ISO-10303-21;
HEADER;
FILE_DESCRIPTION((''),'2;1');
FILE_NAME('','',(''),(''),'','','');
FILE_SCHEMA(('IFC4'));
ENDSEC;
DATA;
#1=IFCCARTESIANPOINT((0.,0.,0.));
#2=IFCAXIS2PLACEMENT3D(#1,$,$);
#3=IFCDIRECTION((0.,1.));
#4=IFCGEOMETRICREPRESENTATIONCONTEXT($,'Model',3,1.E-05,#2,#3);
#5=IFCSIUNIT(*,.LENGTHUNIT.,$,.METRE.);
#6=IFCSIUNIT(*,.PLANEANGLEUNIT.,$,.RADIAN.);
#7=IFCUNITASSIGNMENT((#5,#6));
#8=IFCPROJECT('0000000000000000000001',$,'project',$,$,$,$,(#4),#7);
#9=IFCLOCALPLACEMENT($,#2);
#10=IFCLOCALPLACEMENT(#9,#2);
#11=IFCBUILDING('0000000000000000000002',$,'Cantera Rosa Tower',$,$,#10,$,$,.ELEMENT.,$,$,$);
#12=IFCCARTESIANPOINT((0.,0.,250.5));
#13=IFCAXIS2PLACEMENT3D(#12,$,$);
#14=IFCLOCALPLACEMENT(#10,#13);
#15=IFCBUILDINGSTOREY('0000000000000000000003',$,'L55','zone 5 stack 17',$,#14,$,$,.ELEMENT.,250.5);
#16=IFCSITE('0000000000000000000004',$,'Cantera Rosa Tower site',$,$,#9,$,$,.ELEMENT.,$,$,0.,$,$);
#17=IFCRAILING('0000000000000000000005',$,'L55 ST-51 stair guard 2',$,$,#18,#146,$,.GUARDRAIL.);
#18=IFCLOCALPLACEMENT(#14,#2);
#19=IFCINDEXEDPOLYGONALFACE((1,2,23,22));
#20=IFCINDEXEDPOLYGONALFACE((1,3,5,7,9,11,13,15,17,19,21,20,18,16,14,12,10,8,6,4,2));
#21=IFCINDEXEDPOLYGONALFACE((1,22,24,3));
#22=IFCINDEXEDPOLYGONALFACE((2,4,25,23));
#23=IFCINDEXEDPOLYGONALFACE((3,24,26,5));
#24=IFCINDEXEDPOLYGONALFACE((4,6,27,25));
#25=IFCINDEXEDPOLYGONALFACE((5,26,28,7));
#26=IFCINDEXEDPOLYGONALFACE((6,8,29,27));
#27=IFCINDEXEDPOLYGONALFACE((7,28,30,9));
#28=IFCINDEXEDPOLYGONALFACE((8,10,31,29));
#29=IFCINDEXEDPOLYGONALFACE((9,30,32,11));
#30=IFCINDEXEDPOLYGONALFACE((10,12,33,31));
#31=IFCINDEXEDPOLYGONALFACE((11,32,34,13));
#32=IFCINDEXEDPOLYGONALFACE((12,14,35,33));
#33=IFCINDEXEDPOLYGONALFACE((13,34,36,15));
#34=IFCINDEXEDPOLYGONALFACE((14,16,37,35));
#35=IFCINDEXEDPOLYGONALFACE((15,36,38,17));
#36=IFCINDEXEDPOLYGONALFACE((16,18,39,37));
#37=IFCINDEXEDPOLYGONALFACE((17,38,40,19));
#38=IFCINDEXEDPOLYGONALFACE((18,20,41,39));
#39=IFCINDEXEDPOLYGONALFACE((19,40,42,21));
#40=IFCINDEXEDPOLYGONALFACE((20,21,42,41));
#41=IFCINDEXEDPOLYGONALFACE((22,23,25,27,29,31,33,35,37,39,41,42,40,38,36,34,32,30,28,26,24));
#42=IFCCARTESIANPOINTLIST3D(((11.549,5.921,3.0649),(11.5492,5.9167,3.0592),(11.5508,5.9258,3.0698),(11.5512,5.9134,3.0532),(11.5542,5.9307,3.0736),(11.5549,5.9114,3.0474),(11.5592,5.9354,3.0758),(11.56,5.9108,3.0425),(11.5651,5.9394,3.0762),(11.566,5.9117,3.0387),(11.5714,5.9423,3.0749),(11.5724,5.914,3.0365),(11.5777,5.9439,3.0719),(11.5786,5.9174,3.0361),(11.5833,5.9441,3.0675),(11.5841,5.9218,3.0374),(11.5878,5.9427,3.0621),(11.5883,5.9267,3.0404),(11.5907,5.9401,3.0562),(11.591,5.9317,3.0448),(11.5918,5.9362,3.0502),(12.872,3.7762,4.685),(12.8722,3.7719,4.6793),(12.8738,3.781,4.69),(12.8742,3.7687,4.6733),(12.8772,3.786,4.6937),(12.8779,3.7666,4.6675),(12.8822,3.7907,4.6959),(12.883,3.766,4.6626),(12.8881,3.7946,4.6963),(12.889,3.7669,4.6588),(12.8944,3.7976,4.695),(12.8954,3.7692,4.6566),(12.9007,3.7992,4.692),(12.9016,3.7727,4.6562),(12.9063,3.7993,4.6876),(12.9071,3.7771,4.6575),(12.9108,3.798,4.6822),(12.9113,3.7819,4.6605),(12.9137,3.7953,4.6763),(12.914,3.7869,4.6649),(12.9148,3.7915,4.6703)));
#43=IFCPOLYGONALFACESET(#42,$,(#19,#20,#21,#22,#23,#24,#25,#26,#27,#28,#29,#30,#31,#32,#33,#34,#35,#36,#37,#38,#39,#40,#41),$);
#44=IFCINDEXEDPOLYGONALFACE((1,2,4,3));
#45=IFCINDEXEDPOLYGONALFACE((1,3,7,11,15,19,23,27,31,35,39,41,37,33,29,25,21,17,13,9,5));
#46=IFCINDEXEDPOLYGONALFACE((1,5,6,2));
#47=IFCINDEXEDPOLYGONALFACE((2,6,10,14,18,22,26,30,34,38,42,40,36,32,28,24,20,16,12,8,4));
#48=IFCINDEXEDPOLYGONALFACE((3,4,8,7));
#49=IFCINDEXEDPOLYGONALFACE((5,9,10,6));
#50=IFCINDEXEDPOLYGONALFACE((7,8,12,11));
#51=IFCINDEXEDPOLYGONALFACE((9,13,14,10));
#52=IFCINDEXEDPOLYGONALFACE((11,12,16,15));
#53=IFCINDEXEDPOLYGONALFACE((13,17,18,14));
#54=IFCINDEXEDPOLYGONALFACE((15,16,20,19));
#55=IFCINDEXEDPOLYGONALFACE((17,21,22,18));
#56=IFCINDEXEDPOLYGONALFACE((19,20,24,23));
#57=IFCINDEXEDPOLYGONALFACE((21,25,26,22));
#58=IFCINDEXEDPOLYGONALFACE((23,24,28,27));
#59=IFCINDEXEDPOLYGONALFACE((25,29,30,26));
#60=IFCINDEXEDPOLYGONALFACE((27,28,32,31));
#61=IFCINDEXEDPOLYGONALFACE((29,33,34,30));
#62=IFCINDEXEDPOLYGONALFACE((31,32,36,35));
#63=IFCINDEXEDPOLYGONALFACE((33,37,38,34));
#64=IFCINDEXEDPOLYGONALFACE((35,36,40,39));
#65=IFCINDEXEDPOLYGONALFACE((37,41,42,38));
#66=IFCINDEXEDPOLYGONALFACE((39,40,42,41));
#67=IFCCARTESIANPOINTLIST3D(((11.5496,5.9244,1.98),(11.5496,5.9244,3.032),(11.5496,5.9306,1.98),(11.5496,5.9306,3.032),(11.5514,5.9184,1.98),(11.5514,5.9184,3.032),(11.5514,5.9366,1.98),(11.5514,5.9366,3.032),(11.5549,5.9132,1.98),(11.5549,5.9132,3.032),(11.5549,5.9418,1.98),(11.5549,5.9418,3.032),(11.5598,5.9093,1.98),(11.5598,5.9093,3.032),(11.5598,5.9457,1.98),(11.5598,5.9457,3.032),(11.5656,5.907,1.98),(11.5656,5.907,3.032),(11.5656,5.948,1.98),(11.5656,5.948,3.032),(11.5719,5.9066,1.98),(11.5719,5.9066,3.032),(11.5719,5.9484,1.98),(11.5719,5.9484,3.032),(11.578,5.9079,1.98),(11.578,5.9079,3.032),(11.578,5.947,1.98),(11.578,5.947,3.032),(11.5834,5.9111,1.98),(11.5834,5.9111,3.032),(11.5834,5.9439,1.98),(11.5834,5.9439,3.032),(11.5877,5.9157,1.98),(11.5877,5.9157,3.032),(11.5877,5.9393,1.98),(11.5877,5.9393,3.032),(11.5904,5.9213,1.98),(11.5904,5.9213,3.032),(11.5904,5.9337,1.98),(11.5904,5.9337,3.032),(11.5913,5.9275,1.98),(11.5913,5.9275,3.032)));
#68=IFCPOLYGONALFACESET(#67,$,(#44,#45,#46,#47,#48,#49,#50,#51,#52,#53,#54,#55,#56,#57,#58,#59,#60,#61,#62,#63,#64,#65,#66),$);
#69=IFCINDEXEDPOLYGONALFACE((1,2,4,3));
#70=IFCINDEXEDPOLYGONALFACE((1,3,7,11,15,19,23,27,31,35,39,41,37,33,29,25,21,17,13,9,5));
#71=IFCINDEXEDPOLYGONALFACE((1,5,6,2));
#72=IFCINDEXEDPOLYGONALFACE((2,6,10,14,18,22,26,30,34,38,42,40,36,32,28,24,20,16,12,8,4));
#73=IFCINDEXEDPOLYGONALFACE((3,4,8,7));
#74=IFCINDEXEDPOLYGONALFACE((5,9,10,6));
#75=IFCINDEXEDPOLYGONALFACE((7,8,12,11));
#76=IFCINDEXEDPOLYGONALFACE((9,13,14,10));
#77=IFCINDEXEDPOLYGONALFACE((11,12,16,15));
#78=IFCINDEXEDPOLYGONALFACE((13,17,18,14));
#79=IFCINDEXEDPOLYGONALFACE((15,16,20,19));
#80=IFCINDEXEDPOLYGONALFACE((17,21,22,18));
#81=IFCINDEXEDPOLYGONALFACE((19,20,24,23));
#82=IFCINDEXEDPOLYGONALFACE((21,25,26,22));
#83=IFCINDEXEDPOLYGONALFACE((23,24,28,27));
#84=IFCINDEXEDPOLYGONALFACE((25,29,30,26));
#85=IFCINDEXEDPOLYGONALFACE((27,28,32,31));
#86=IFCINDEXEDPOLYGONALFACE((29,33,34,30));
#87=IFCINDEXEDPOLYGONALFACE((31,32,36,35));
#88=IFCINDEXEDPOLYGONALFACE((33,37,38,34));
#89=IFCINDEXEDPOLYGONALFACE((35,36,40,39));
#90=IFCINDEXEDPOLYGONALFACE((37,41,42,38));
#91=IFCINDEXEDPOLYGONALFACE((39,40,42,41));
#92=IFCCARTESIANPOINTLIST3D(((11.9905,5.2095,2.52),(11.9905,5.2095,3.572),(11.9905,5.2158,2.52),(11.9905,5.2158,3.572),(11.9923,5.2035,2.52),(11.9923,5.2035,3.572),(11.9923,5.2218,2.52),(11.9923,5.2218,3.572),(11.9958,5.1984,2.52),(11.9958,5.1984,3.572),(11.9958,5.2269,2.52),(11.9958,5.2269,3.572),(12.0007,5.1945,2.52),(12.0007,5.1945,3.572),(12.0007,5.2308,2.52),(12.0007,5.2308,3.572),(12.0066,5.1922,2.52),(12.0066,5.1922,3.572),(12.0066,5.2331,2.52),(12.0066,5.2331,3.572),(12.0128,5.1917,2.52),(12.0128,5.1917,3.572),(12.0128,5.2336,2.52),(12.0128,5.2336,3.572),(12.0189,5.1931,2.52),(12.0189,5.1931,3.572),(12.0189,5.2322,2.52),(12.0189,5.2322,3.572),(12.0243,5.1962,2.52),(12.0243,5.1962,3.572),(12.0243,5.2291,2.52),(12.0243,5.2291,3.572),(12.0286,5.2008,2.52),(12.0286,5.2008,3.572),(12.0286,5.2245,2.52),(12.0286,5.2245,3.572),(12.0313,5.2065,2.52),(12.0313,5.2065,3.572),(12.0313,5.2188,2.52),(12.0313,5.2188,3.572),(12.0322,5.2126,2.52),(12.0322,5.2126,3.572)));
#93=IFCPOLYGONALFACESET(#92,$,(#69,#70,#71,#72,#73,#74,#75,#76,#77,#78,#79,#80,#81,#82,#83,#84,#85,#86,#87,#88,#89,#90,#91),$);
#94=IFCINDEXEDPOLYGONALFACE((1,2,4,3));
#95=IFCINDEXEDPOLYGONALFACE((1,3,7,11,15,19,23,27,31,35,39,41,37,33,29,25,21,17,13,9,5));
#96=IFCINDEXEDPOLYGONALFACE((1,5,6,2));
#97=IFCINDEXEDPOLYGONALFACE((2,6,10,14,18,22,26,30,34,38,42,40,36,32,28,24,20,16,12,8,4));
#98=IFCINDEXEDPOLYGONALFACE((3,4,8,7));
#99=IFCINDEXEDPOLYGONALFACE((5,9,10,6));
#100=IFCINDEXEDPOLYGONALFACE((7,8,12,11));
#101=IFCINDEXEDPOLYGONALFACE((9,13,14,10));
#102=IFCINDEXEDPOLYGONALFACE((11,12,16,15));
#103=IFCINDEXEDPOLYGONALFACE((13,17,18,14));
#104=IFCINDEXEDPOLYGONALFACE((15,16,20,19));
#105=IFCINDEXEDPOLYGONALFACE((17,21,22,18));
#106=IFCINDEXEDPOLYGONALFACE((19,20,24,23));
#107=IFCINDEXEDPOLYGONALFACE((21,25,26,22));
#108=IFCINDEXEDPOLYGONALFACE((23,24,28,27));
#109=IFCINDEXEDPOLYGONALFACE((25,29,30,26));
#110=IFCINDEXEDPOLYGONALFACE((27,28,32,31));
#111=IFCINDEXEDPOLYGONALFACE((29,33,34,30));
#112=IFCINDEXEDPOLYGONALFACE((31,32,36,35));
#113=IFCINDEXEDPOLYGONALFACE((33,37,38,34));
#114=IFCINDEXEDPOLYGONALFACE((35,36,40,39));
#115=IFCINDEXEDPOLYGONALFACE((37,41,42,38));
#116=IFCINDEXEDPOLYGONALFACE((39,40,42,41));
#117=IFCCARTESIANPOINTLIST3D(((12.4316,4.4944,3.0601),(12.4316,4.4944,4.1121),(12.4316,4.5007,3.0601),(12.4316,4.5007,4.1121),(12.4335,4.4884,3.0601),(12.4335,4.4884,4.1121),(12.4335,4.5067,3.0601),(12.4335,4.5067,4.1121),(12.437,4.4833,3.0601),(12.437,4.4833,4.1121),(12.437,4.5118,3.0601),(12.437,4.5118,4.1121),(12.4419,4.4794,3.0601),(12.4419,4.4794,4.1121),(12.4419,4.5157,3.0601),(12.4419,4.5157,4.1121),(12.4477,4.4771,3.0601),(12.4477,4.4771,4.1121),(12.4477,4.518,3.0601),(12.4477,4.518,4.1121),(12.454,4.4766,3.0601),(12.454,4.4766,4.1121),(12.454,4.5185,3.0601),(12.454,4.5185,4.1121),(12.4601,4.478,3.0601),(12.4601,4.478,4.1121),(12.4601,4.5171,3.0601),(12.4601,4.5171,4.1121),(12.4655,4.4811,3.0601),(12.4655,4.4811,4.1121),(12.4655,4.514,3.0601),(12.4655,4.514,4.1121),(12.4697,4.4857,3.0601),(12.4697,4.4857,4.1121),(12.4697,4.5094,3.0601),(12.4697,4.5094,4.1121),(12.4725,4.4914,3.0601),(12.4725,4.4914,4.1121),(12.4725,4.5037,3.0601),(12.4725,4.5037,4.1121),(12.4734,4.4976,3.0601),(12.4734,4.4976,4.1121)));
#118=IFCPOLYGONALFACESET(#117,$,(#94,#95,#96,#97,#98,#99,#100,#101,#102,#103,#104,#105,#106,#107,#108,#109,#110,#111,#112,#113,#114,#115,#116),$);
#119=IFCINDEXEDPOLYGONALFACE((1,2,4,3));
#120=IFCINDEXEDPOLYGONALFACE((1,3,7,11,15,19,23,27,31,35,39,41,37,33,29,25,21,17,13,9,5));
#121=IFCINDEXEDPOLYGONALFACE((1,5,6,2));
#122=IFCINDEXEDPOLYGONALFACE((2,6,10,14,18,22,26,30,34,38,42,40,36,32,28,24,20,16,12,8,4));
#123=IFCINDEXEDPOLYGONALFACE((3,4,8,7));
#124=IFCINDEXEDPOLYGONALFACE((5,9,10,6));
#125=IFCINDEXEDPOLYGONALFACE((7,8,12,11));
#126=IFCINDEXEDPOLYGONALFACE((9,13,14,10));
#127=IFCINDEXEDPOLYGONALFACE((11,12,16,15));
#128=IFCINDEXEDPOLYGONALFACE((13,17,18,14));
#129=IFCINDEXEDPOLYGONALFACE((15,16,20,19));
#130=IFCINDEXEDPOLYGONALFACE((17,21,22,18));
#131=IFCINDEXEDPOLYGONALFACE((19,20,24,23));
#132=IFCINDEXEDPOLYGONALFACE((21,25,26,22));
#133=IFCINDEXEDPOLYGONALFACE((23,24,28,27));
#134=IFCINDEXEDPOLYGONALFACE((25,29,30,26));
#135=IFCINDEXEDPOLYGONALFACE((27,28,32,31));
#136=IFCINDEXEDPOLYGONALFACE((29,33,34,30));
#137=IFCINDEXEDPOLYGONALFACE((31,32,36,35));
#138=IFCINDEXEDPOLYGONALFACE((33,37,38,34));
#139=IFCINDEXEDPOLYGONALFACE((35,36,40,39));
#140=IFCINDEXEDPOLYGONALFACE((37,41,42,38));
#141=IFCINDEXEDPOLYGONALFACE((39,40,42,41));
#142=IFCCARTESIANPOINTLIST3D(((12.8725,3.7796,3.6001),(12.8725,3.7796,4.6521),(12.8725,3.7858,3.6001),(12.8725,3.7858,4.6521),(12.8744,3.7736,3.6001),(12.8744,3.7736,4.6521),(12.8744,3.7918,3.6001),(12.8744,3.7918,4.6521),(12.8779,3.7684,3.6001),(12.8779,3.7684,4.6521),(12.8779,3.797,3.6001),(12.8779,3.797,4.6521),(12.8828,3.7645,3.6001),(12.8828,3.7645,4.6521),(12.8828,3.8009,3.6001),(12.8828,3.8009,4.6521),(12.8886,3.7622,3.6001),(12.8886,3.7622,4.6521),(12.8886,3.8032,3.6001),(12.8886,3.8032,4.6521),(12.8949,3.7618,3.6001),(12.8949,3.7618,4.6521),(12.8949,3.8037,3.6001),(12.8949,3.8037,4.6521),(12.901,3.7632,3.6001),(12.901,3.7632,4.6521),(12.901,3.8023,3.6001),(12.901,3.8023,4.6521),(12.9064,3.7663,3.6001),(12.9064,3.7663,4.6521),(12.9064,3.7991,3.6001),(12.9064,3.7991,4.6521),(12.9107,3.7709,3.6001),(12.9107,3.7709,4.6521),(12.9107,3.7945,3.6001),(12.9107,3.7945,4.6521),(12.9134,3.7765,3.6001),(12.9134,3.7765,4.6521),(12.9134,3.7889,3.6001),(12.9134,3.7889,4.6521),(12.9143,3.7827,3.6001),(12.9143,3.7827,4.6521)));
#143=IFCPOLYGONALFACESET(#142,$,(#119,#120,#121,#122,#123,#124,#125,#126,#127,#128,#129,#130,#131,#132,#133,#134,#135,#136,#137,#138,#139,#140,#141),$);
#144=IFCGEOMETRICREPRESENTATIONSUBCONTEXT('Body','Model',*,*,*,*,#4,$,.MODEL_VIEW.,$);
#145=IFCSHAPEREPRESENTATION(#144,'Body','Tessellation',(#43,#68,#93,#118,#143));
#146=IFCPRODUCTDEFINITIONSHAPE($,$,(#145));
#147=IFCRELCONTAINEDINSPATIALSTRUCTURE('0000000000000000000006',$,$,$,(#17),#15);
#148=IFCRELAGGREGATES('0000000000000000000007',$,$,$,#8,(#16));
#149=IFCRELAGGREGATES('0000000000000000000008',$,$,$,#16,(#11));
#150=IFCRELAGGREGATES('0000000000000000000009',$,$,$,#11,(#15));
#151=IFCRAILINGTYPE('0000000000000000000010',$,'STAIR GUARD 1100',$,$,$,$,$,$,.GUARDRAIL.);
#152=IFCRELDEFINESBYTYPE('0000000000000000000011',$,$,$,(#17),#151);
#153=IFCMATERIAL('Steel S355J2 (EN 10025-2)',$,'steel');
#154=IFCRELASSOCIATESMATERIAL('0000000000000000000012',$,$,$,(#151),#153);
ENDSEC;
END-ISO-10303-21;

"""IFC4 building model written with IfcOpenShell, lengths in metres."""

from ifc_helpers import new_model, si_unit, direction, frame, origin, origin_2d, place, context, subcontext, project, spatial, circle, extrude, material, type_object, element, save


model = new_model("IFC4")

# Units and contexts
model_context = context("Model", 3, precision=1e-05, world=origin(), true_north=direction((0.0, 1.0)))
body_context = subcontext(model_context, "Body", "Model", "MODEL_VIEW")
ifc_project = project(units=[si_unit("LENGTHUNIT", "METRE"), si_unit("PLANEANGLEUNIT", "RADIAN")], contexts=[model_context])

# Site, building, storey
site_placement = place(None, origin())
site = spatial("IfcSite", under=ifc_project, at=site_placement, Name="Cantera Rosa Tower site", CompositionType="ELEMENT", RefElevation=0.0)
building_placement = place(site_placement, origin())
building = spatial("IfcBuilding", under=site, at=building_placement, Name="Cantera Rosa Tower", CompositionType="ELEMENT")
storey_placement = place(building_placement, frame((0.0, 0.0, 250.5)))
storey = spatial("IfcBuildingStorey", under=building, at=storey_placement, Name="L55", Description="zone 5 stack 17", CompositionType="ELEMENT", Elevation=250.5)

# Railing
ifc_material_1 = material(Name="Steel S355J2 (EN 10025-2)", Category="steel")
railing_type_1 = type_object("IfcRailingType", Name="STAIR GUARD 1100", PredefinedType="GUARDRAIL", material=ifc_material_1)
railing_1_placement = place(storey_placement, frame((11.5703, 5.9275, 1.98)))
element("IfcRailing", 1, at=railing_1_placement, inside=storey, type_object=railing_type_1, Name="L55 ST-51 stair guard 2", PredefinedType="GUARDRAIL", context=body_context, shape_type="SweptSolid", body=[
    extrude(circle(Radius=0.0239, at=origin_2d()), frame((0.0, 0.0, 1.0762), z_axis=(0.441609, -0.715914, 0.540786), x_axis=(0.851102, 0.525, 0.0)), (0.0, 0.0, 1.0), 2.9958),
    extrude(circle(Radius=0.021, at=origin_2d()), origin(), (0.0, 0.0, 1.0), 1.052),
    extrude(circle(Radius=0.021, at=origin_2d()), frame((0.4409, -0.7148, 0.54)), (0.0, 0.0, 1.0), 1.052),
    extrude(circle(Radius=0.021, at=origin_2d()), frame((0.8821, -1.4299, 1.0801)), (0.0, 0.0, 1.0), 1.052),
    extrude(circle(Radius=0.021, at=origin_2d()), frame((1.323, -2.1448, 1.6201)), (0.0, 0.0, 1.0), 1.052),
])

save(model, "model.ifc")
